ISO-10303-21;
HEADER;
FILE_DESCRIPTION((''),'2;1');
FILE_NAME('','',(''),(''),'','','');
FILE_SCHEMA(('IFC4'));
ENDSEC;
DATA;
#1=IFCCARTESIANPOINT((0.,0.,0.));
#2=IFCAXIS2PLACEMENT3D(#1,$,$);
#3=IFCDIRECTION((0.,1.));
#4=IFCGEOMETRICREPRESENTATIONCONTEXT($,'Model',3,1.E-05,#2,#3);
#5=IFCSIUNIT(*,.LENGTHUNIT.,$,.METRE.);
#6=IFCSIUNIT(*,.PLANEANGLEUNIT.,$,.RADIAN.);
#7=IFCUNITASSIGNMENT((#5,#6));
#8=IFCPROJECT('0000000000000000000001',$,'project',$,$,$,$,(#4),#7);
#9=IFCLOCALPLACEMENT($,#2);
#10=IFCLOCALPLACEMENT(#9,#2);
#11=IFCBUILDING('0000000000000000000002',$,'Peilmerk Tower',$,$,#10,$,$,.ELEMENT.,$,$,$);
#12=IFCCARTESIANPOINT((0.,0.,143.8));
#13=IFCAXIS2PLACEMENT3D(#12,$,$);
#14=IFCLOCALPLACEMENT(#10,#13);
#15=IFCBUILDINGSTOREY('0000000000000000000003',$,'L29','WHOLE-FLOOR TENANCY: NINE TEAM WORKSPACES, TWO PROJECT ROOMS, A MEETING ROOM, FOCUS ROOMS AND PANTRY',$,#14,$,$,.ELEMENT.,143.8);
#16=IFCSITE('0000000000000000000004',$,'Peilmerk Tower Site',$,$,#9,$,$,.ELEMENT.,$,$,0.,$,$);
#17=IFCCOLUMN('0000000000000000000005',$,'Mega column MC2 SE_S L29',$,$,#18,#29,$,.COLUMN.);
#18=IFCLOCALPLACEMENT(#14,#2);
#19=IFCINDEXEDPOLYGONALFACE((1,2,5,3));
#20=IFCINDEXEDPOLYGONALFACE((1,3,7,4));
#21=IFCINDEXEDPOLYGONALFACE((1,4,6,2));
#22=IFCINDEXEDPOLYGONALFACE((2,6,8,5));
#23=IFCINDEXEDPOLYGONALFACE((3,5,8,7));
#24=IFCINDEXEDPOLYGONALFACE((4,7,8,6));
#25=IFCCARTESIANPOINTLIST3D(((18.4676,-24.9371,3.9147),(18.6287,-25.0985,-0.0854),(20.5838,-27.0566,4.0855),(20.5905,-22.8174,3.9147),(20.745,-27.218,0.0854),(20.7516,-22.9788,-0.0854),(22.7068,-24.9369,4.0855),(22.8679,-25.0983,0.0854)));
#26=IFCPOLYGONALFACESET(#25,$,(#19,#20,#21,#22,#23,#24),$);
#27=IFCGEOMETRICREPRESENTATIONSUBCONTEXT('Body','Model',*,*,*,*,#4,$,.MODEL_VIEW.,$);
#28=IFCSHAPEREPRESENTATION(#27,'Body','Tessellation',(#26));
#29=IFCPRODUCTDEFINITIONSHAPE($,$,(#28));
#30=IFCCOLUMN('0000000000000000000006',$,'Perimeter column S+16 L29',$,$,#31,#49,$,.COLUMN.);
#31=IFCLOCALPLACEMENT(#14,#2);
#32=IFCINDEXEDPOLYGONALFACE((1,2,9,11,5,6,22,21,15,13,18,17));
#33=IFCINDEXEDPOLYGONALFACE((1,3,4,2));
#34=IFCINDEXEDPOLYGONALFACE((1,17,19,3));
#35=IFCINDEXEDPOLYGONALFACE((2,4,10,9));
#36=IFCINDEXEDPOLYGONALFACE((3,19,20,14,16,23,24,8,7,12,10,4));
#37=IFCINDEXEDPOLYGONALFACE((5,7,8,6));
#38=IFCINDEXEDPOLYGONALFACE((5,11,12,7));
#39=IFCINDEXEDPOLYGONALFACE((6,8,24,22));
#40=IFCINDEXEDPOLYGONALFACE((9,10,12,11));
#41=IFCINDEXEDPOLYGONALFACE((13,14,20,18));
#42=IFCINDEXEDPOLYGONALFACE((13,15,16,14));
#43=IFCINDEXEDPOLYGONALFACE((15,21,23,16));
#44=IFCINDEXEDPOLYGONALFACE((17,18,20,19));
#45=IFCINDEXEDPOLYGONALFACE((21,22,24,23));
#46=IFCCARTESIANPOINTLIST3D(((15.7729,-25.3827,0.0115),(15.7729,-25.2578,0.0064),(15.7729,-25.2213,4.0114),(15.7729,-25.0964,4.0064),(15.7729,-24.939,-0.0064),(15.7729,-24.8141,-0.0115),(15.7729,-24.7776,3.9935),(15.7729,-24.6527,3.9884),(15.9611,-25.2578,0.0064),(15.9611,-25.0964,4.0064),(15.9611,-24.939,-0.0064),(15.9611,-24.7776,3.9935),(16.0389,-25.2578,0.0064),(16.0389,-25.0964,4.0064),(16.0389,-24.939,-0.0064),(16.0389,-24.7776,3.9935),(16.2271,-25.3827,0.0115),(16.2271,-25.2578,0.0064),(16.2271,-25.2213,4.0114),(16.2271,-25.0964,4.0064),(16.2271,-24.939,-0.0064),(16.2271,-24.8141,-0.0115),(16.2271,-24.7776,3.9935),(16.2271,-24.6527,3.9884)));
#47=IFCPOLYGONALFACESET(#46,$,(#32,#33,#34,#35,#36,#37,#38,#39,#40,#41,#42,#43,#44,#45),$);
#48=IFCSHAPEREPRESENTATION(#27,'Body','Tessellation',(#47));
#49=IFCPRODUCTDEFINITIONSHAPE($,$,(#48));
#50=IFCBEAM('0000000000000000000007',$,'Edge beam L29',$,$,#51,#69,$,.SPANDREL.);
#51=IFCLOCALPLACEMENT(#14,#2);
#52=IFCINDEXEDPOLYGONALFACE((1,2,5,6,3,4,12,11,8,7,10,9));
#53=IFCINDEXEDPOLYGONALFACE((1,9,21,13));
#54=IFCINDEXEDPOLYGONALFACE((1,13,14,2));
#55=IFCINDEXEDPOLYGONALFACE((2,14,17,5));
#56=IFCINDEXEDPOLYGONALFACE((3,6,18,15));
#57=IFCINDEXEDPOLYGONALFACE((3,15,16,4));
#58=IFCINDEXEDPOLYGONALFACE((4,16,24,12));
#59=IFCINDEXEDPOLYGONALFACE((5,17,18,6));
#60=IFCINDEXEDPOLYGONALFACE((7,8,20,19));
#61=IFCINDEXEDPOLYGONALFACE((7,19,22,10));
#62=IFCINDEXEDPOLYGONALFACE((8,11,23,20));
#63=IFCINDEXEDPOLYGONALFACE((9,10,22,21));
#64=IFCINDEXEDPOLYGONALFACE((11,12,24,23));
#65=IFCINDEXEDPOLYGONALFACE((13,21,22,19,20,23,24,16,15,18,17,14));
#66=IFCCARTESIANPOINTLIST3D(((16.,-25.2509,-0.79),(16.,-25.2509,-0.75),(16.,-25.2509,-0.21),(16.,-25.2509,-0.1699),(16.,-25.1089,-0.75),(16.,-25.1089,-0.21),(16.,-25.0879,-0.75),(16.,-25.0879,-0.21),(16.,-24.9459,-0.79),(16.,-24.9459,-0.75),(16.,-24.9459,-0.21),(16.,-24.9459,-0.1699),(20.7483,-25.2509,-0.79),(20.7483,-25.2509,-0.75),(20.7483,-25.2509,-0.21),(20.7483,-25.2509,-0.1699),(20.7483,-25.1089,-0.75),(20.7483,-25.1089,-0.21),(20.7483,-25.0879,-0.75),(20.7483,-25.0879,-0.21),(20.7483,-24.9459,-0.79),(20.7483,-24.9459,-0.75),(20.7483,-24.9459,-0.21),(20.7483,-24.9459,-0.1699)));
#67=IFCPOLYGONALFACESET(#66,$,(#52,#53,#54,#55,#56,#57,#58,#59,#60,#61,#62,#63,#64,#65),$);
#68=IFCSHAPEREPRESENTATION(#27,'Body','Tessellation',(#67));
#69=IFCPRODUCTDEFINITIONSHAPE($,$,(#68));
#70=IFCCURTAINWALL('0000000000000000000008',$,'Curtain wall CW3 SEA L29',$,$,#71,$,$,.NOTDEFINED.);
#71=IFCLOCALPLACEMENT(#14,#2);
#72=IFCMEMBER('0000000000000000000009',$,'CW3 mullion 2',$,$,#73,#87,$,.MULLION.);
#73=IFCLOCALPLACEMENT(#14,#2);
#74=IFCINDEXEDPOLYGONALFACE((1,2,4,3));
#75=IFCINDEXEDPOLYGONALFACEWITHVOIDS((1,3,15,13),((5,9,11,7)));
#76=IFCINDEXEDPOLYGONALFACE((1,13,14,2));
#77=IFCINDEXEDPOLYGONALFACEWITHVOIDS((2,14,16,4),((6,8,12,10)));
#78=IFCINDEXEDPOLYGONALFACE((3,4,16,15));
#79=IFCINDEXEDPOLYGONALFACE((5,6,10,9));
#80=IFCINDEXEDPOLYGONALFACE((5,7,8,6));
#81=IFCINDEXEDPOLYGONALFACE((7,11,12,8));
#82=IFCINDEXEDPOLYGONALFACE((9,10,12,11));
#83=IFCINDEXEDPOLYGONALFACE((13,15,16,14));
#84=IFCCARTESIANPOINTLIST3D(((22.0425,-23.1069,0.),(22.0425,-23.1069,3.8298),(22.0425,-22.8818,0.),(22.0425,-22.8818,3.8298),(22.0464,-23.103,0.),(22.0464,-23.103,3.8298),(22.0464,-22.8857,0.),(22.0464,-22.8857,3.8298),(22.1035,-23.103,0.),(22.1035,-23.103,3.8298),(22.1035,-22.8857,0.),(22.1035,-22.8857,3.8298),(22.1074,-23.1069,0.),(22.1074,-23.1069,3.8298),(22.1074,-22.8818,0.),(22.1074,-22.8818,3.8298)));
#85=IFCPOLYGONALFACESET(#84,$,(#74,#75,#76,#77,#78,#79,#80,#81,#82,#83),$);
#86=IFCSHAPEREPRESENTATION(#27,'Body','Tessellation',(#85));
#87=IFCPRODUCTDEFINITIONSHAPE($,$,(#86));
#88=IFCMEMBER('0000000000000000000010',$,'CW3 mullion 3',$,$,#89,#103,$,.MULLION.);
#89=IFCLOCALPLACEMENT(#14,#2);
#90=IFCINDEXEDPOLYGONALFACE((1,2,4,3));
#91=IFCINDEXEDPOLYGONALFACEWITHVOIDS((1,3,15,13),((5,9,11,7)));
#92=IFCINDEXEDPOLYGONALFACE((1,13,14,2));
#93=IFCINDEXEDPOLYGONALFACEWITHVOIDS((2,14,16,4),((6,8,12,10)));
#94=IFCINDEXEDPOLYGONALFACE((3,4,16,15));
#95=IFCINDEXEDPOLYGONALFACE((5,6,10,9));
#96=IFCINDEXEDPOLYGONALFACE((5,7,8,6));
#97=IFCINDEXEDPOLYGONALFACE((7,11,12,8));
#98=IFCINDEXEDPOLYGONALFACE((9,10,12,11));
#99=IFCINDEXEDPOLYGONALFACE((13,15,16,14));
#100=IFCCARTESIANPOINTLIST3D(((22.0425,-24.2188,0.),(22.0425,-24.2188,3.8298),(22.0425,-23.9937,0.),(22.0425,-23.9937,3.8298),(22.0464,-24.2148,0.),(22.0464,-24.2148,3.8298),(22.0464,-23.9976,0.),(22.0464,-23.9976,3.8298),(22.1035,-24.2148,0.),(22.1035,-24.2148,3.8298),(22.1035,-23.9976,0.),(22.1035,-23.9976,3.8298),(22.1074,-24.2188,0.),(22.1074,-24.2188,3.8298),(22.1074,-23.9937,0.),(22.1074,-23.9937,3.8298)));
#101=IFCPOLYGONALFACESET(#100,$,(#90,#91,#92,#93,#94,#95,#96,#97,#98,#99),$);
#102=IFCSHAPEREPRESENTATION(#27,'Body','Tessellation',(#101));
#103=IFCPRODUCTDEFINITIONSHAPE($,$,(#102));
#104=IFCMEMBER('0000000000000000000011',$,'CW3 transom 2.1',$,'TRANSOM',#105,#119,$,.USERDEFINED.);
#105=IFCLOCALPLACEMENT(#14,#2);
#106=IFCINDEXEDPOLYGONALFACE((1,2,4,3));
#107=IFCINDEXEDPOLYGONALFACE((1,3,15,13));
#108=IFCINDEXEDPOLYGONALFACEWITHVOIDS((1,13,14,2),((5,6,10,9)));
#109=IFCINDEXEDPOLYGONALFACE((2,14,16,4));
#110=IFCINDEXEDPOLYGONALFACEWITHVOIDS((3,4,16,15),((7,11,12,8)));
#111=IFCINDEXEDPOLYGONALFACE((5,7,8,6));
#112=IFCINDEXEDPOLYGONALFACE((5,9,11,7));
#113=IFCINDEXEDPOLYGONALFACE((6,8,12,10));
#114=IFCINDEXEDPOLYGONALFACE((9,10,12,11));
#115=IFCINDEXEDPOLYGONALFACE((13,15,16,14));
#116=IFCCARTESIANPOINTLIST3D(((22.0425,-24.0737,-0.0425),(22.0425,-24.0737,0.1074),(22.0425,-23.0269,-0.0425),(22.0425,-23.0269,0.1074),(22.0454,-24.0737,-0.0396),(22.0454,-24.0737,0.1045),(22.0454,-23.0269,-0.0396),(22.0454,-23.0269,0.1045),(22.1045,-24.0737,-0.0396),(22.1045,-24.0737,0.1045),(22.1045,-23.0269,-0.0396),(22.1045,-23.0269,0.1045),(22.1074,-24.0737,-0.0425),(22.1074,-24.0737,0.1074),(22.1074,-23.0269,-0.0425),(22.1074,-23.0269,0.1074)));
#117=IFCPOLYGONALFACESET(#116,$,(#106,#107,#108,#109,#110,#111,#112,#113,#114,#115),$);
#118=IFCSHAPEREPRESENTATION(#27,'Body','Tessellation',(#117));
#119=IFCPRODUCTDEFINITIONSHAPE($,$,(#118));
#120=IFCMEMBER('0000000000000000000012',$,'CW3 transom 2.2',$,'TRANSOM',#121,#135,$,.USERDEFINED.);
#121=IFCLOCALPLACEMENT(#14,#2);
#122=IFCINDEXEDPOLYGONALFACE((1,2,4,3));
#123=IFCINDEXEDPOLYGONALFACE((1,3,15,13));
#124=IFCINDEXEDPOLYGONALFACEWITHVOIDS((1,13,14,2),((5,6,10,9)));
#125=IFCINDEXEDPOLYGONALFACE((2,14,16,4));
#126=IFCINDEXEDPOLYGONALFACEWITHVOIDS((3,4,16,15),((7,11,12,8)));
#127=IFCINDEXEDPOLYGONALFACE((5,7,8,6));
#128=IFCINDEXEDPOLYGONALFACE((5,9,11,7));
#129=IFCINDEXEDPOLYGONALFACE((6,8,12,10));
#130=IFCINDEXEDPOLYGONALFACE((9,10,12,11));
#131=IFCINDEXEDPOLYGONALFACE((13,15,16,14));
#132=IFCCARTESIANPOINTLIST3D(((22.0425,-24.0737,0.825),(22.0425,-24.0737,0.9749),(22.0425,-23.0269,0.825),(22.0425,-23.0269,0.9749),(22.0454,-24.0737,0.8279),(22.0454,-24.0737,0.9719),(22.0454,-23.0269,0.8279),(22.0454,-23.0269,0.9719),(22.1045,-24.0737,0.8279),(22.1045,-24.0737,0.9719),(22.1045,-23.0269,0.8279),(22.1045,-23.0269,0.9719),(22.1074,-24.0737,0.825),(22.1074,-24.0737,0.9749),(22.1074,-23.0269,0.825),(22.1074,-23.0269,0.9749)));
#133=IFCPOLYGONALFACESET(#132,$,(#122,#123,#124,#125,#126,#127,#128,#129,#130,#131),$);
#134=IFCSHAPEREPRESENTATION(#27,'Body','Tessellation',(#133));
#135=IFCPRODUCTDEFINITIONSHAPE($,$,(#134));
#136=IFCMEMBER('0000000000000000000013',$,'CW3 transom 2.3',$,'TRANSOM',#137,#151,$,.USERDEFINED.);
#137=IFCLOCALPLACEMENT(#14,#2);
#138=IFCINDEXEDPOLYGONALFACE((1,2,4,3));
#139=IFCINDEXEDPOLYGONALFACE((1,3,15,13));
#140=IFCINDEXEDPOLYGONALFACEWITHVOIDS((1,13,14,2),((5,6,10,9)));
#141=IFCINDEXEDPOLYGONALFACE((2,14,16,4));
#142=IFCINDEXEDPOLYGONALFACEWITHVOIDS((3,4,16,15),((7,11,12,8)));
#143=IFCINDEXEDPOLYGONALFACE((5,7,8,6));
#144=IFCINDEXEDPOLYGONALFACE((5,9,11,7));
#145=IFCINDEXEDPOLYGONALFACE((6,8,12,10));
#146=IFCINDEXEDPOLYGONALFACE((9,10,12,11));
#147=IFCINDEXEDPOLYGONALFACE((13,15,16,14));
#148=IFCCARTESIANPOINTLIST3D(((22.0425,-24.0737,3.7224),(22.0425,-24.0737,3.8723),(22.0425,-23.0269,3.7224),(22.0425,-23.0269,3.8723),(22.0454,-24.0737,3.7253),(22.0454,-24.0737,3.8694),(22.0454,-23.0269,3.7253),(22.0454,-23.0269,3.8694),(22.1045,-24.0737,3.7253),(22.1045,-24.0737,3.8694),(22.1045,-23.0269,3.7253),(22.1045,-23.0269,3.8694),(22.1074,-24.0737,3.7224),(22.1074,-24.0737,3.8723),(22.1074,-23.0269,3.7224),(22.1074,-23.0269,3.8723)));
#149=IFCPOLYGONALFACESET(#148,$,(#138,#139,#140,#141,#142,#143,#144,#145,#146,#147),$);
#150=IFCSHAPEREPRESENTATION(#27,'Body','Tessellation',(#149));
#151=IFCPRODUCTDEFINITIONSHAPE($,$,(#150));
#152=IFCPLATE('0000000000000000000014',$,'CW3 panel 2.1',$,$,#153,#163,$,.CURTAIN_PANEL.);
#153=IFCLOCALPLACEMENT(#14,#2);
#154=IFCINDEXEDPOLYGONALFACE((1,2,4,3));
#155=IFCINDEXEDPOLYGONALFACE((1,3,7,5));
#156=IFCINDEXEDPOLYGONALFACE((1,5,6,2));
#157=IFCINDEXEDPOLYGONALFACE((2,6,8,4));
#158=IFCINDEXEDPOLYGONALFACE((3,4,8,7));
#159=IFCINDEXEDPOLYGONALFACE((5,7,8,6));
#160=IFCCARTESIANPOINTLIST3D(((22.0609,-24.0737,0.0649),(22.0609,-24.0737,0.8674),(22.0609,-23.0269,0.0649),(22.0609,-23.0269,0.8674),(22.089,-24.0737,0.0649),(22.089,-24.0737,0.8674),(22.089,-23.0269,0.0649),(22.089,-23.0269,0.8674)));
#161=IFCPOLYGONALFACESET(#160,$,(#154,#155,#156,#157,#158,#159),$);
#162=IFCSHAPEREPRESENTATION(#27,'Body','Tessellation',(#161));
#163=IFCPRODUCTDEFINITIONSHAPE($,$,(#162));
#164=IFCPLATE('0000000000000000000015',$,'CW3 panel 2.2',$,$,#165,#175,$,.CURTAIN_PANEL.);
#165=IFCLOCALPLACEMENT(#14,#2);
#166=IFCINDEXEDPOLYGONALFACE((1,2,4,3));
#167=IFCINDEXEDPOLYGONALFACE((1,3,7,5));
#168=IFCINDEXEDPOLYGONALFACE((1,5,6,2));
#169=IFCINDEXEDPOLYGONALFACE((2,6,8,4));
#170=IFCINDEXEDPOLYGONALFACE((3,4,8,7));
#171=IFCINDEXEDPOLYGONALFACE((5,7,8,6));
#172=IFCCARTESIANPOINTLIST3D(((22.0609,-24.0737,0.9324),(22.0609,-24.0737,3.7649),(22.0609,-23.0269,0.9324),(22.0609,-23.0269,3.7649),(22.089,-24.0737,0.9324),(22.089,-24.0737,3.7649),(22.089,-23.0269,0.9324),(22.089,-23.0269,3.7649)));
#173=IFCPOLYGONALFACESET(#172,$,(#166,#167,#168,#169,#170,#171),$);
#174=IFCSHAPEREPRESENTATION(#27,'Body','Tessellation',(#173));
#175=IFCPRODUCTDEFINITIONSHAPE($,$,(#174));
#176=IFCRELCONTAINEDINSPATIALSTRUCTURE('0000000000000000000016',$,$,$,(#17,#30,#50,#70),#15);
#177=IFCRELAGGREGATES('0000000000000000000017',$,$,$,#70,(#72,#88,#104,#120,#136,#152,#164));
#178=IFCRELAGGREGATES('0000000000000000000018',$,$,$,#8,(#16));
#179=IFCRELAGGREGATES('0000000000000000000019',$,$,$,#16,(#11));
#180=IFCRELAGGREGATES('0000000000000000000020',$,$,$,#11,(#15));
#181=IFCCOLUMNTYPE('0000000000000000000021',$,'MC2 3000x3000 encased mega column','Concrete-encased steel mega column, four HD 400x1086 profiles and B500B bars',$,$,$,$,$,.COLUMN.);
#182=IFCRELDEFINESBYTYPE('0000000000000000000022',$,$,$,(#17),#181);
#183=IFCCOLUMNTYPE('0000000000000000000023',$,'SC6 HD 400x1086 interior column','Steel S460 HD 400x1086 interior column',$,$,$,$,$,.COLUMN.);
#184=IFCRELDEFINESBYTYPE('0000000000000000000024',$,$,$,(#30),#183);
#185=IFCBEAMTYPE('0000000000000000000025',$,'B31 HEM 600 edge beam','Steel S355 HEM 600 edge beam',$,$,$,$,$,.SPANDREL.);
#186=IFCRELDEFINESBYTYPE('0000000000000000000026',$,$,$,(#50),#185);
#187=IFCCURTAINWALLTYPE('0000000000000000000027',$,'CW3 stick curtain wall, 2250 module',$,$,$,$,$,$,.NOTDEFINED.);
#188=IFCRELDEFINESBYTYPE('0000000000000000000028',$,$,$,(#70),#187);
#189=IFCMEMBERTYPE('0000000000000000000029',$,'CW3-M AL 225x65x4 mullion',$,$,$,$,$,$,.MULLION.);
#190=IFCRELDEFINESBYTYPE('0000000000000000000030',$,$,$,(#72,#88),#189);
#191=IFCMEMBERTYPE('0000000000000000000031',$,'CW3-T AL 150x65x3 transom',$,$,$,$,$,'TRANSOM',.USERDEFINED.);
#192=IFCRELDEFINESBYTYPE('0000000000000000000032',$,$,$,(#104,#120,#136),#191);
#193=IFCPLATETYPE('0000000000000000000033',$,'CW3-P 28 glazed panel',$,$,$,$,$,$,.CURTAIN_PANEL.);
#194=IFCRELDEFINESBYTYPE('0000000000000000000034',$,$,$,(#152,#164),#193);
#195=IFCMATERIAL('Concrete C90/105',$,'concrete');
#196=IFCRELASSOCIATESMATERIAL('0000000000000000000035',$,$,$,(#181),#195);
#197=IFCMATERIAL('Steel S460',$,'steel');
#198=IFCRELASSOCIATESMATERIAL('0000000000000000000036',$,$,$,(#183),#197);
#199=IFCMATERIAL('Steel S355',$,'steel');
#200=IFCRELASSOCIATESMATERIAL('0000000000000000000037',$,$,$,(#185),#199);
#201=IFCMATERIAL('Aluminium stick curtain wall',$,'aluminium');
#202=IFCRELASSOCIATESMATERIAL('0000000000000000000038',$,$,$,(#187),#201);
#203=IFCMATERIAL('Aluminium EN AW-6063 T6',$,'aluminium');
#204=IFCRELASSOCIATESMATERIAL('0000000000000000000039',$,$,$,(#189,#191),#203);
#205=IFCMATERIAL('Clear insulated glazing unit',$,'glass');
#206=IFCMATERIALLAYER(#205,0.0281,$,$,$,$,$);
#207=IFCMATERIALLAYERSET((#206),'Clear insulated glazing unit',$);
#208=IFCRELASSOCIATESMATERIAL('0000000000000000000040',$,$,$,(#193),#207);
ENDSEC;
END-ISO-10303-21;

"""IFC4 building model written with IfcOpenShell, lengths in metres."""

from ifc_helpers import new_model, si_unit, direction, frame, origin, origin_2d, place, context, subcontext, project, spatial, rectangle, hollow_rectangle, i_section, extrude, material, layer, layer_set, material_profile, profile_set, type_object, element, aggregate, save


model = new_model("IFC4")

# Units and contexts
model_context = context("Model", 3, precision=1e-05, world=origin(), true_north=direction((0.0, 1.0)))
body_context = subcontext(model_context, "Body", "Model", "MODEL_VIEW")
ifc_project = project(units=[si_unit("LENGTHUNIT", "METRE"), si_unit("PLANEANGLEUNIT", "RADIAN")], contexts=[model_context])

# Site, building, storey
site_placement = place(None, origin())
site = spatial("IfcSite", under=ifc_project, at=site_placement, Name="Peilmerk Tower Site", CompositionType="ELEMENT", RefElevation=0.0)
building_placement = place(site_placement, origin())
building = spatial("IfcBuilding", under=site, at=building_placement, Name="Peilmerk Tower", CompositionType="ELEMENT")
storey_placement = place(building_placement, frame((0.0, 0.0, 143.8)))
storey = spatial("IfcBuildingStorey", under=building, at=storey_placement, Name="L29", Description="WHOLE-FLOOR TENANCY: NINE TEAM WORKSPACES, TWO PROJECT ROOMS, A MEETING ROOM, FOCUS ROOMS AND PANTRY", CompositionType="ELEMENT", Elevation=143.8)

# Columns
ifc_material_1 = material(Name="Concrete C90/105", Category="concrete")
ifc_material_profile_1 = material_profile(ifc_material_1, rectangle(XDim=3.0, YDim=3.0, at=origin_2d()), Name="RC 3000x3000")
ifc_profile_set_1 = profile_set([ifc_material_profile_1], Name="Concrete C90/105")
column_type_1 = type_object("IfcColumnType", Name="MC2 3000x3000 encased mega column", Description="Concrete-encased steel mega column, four HD 400x1086 profiles and B500B bars", PredefinedType="COLUMN", material=ifc_profile_set_1)
column_1_placement = place(storey_placement, frame((20.7483, -25.0984, 0.0), z_axis=(-0.040218, 0.040279, 0.998379), x_axis=(-0.707642, -0.706571, 0.0)))
element("IfcColumn", 1, at=column_1_placement, inside=storey, type_object=column_type_1, Name="Mega column MC2 SE_S L29", PredefinedType="COLUMN", context=body_context, shape_type="SweptSolid", body=[
    extrude(rectangle(XDim=3.0, YDim=3.0, at=origin_2d()), origin(), (0.0, 0.0, 1.0), 4.0066),
])
ifc_material_2 = material(Name="Steel S460", Category="steel")
ifc_material_profile_2 = material_profile(ifc_material_2, i_section(OverallWidth=0.4541, OverallDepth=0.5691, WebThickness=0.0779, FlangeThickness=0.125, at=origin_2d()), Name="HD 400x1086")
ifc_profile_set_2 = profile_set([ifc_material_profile_2], Name="Steel S460")
column_type_2 = type_object("IfcColumnType", Name="SC6 HD 400x1086 interior column", Description="Steel S460 HD 400x1086 interior column", PredefinedType="COLUMN", material=ifc_profile_set_2)
column_2_placement = place(storey_placement, frame((16.0, -25.0984, 0.0), z_axis=(0.0, 0.040311, 0.999187), x_axis=(-1.0, 0.0, 0.0)))
element("IfcColumn", 2, at=column_2_placement, inside=storey, type_object=column_type_2, Name="Perimeter column S+16 L29", PredefinedType="COLUMN", context=body_context, shape_type="SweptSolid", body=[
    extrude(i_section(OverallWidth=0.4541, OverallDepth=0.5691, WebThickness=0.0779, FlangeThickness=0.125, at=origin_2d()), origin(), (0.0, 0.0, 1.0), 4.0032),
])

# Beam
ifc_material_3 = material(Name="Steel S355", Category="steel")
ifc_material_profile_3 = material_profile(ifc_material_3, i_section(OverallWidth=0.3049, OverallDepth=0.6201, WebThickness=0.021, FlangeThickness=0.04, at=origin_2d()), Name="HEM 600")
ifc_profile_set_3 = profile_set([ifc_material_profile_3], Name="Steel S355")
beam_type = type_object("IfcBeamType", Name="B31 HEM 600 edge beam", Description="Steel S355 HEM 600 edge beam", PredefinedType="SPANDREL", material=ifc_profile_set_3)
beam_placement = place(storey_placement, frame((16.0, -25.0984, -0.48), z_axis=(1.0, 0.0, 0.0), x_axis=(0.0, 1.0, 0.0)))
element("IfcBeam", 3, at=beam_placement, inside=storey, type_object=beam_type, Name="Edge beam L29", PredefinedType="SPANDREL", context=body_context, shape_type="SweptSolid", body=[
    extrude(i_section(OverallWidth=0.3049, OverallDepth=0.6201, WebThickness=0.021, FlangeThickness=0.04, at=origin_2d()), origin(), (0.0, 0.0, 1.0), 4.7483),
])

# Curtain wall, members, plates
ifc_material_4 = material(Name="Aluminium stick curtain wall", Category="aluminium")
curtain_wall_type = type_object("IfcCurtainWallType", Name="CW3 stick curtain wall, 2250 module", PredefinedType="NOTDEFINED", material=ifc_material_4)
curtain_wall_placement = place(storey_placement, origin())
curtain_wall = element("IfcCurtainWall", 4, at=curtain_wall_placement, inside=storey, type_object=curtain_wall_type, Name="Curtain wall CW3 SEA L29", PredefinedType="NOTDEFINED")
ifc_material_5 = material(Name="Aluminium EN AW-6063 T6", Category="aluminium")
ifc_material_profile_4 = material_profile(ifc_material_5, hollow_rectangle(XDim=0.0649, YDim=0.2251, WallThickness=0.0039, at=origin_2d()), Name="AL 225x65x4")
ifc_profile_set_4 = profile_set([ifc_material_profile_4], Name="Aluminium EN AW-6063 T6")
member_type_1 = type_object("IfcMemberType", Name="CW3-M AL 225x65x4 mullion", PredefinedType="MULLION", material=ifc_profile_set_4)
member_1_placement = place(storey_placement, frame((22.075, -22.9944, 0.0), z_axis=(0.0, 0.0, 1.0), x_axis=(1.0, 0.0, 0.0)))
member_1 = element("IfcMember", 5, at=member_1_placement, type_object=member_type_1, Name="CW3 mullion 2", PredefinedType="MULLION", context=body_context, shape_type="SweptSolid", body=[
    extrude(hollow_rectangle(XDim=0.0649, YDim=0.2251, WallThickness=0.0039, at=origin_2d()), origin(), (0.0, 0.0, 1.0), 3.8298),
])
member_2_placement = place(storey_placement, frame((22.075, -24.1062, 0.0), z_axis=(0.0, 0.0, 1.0), x_axis=(1.0, 0.0, 0.0)))
member_2 = element("IfcMember", 6, at=member_2_placement, type_object=member_type_1, Name="CW3 mullion 3", PredefinedType="MULLION", context=body_context, shape_type="SweptSolid", body=[
    extrude(hollow_rectangle(XDim=0.0649, YDim=0.2251, WallThickness=0.0039, at=origin_2d()), origin(), (0.0, 0.0, 1.0), 3.8298),
])
ifc_material_profile_5 = material_profile(ifc_material_5, hollow_rectangle(XDim=0.0649, YDim=0.1499, WallThickness=0.0029, at=origin_2d()), Name="AL 150x65x3")
ifc_profile_set_5 = profile_set([ifc_material_profile_5], Name="Aluminium EN AW-6063 T6")
member_type_2 = type_object("IfcMemberType", Name="CW3-T AL 150x65x3 transom", ElementType="TRANSOM", PredefinedType="USERDEFINED", material=ifc_profile_set_5)
member_3_placement = place(storey_placement, frame((22.075, -23.0269, 0.0325), z_axis=(0.0, -1.0, 0.0), x_axis=(1.0, 0.0, 0.0)))
member_3 = element("IfcMember", 7, at=member_3_placement, type_object=member_type_2, Name="CW3 transom 2.1", ObjectType="TRANSOM", PredefinedType="USERDEFINED", context=body_context, shape_type="SweptSolid", body=[
    extrude(hollow_rectangle(XDim=0.0649, YDim=0.1499, WallThickness=0.0029, at=origin_2d()), origin(), (0.0, 0.0, 1.0), 1.0469),
])
member_4_placement = place(storey_placement, frame((22.075, -23.0269, 0.8999), z_axis=(0.0, -1.0, 0.0), x_axis=(1.0, 0.0, 0.0)))
member_4 = element("IfcMember", 8, at=member_4_placement, type_object=member_type_2, Name="CW3 transom 2.2", ObjectType="TRANSOM", PredefinedType="USERDEFINED", context=body_context, shape_type="SweptSolid", body=[
    extrude(hollow_rectangle(XDim=0.0649, YDim=0.1499, WallThickness=0.0029, at=origin_2d()), origin(), (0.0, 0.0, 1.0), 1.0469),
])
member_5_placement = place(storey_placement, frame((22.075, -23.0269, 3.7974), z_axis=(0.0, -1.0, 0.0), x_axis=(1.0, 0.0, 0.0)))
member_5 = element("IfcMember", 9, at=member_5_placement, type_object=member_type_2, Name="CW3 transom 2.3", ObjectType="TRANSOM", PredefinedType="USERDEFINED", context=body_context, shape_type="SweptSolid", body=[
    extrude(hollow_rectangle(XDim=0.0649, YDim=0.1499, WallThickness=0.0029, at=origin_2d()), origin(), (0.0, 0.0, 1.0), 1.0469),
])
ifc_material_6 = material(Name="Clear insulated glazing unit", Category="glass")
ifc_layer_1 = layer(ifc_material_6, 0.0281)
ifc_layer_set_1 = layer_set([ifc_layer_1], Name="Clear insulated glazing unit")
plate_type = type_object("IfcPlateType", Name="CW3-P 28 glazed panel", PredefinedType="CURTAIN_PANEL", material=ifc_layer_set_1)
plate_1_placement = place(storey_placement, frame((22.075, -23.5503, 0.0649), z_axis=(0.0, 0.0, 1.0), x_axis=(0.0, -1.0, 0.0)))
plate_1 = element("IfcPlate", 10, at=plate_1_placement, type_object=plate_type, Name="CW3 panel 2.1", PredefinedType="CURTAIN_PANEL", context=body_context, shape_type="SweptSolid", body=[
    extrude(rectangle(XDim=1.0469, YDim=0.0281, at=origin_2d()), origin(), (0.0, 0.0, 1.0), 0.8025),
])
plate_2_placement = place(storey_placement, frame((22.075, -23.5503, 0.9324), z_axis=(0.0, 0.0, 1.0), x_axis=(0.0, -1.0, 0.0)))
plate_2 = element("IfcPlate", 11, at=plate_2_placement, type_object=plate_type, Name="CW3 panel 2.2", PredefinedType="CURTAIN_PANEL", context=body_context, shape_type="SweptSolid", body=[
    extrude(rectangle(XDim=1.0469, YDim=0.0281, at=origin_2d()), origin(), (0.0, 0.0, 1.0), 2.8325),
])
aggregate(curtain_wall, [member_1, member_2, member_3, member_4, member_5, plate_1, plate_2])

save(model, "model.ifc")
